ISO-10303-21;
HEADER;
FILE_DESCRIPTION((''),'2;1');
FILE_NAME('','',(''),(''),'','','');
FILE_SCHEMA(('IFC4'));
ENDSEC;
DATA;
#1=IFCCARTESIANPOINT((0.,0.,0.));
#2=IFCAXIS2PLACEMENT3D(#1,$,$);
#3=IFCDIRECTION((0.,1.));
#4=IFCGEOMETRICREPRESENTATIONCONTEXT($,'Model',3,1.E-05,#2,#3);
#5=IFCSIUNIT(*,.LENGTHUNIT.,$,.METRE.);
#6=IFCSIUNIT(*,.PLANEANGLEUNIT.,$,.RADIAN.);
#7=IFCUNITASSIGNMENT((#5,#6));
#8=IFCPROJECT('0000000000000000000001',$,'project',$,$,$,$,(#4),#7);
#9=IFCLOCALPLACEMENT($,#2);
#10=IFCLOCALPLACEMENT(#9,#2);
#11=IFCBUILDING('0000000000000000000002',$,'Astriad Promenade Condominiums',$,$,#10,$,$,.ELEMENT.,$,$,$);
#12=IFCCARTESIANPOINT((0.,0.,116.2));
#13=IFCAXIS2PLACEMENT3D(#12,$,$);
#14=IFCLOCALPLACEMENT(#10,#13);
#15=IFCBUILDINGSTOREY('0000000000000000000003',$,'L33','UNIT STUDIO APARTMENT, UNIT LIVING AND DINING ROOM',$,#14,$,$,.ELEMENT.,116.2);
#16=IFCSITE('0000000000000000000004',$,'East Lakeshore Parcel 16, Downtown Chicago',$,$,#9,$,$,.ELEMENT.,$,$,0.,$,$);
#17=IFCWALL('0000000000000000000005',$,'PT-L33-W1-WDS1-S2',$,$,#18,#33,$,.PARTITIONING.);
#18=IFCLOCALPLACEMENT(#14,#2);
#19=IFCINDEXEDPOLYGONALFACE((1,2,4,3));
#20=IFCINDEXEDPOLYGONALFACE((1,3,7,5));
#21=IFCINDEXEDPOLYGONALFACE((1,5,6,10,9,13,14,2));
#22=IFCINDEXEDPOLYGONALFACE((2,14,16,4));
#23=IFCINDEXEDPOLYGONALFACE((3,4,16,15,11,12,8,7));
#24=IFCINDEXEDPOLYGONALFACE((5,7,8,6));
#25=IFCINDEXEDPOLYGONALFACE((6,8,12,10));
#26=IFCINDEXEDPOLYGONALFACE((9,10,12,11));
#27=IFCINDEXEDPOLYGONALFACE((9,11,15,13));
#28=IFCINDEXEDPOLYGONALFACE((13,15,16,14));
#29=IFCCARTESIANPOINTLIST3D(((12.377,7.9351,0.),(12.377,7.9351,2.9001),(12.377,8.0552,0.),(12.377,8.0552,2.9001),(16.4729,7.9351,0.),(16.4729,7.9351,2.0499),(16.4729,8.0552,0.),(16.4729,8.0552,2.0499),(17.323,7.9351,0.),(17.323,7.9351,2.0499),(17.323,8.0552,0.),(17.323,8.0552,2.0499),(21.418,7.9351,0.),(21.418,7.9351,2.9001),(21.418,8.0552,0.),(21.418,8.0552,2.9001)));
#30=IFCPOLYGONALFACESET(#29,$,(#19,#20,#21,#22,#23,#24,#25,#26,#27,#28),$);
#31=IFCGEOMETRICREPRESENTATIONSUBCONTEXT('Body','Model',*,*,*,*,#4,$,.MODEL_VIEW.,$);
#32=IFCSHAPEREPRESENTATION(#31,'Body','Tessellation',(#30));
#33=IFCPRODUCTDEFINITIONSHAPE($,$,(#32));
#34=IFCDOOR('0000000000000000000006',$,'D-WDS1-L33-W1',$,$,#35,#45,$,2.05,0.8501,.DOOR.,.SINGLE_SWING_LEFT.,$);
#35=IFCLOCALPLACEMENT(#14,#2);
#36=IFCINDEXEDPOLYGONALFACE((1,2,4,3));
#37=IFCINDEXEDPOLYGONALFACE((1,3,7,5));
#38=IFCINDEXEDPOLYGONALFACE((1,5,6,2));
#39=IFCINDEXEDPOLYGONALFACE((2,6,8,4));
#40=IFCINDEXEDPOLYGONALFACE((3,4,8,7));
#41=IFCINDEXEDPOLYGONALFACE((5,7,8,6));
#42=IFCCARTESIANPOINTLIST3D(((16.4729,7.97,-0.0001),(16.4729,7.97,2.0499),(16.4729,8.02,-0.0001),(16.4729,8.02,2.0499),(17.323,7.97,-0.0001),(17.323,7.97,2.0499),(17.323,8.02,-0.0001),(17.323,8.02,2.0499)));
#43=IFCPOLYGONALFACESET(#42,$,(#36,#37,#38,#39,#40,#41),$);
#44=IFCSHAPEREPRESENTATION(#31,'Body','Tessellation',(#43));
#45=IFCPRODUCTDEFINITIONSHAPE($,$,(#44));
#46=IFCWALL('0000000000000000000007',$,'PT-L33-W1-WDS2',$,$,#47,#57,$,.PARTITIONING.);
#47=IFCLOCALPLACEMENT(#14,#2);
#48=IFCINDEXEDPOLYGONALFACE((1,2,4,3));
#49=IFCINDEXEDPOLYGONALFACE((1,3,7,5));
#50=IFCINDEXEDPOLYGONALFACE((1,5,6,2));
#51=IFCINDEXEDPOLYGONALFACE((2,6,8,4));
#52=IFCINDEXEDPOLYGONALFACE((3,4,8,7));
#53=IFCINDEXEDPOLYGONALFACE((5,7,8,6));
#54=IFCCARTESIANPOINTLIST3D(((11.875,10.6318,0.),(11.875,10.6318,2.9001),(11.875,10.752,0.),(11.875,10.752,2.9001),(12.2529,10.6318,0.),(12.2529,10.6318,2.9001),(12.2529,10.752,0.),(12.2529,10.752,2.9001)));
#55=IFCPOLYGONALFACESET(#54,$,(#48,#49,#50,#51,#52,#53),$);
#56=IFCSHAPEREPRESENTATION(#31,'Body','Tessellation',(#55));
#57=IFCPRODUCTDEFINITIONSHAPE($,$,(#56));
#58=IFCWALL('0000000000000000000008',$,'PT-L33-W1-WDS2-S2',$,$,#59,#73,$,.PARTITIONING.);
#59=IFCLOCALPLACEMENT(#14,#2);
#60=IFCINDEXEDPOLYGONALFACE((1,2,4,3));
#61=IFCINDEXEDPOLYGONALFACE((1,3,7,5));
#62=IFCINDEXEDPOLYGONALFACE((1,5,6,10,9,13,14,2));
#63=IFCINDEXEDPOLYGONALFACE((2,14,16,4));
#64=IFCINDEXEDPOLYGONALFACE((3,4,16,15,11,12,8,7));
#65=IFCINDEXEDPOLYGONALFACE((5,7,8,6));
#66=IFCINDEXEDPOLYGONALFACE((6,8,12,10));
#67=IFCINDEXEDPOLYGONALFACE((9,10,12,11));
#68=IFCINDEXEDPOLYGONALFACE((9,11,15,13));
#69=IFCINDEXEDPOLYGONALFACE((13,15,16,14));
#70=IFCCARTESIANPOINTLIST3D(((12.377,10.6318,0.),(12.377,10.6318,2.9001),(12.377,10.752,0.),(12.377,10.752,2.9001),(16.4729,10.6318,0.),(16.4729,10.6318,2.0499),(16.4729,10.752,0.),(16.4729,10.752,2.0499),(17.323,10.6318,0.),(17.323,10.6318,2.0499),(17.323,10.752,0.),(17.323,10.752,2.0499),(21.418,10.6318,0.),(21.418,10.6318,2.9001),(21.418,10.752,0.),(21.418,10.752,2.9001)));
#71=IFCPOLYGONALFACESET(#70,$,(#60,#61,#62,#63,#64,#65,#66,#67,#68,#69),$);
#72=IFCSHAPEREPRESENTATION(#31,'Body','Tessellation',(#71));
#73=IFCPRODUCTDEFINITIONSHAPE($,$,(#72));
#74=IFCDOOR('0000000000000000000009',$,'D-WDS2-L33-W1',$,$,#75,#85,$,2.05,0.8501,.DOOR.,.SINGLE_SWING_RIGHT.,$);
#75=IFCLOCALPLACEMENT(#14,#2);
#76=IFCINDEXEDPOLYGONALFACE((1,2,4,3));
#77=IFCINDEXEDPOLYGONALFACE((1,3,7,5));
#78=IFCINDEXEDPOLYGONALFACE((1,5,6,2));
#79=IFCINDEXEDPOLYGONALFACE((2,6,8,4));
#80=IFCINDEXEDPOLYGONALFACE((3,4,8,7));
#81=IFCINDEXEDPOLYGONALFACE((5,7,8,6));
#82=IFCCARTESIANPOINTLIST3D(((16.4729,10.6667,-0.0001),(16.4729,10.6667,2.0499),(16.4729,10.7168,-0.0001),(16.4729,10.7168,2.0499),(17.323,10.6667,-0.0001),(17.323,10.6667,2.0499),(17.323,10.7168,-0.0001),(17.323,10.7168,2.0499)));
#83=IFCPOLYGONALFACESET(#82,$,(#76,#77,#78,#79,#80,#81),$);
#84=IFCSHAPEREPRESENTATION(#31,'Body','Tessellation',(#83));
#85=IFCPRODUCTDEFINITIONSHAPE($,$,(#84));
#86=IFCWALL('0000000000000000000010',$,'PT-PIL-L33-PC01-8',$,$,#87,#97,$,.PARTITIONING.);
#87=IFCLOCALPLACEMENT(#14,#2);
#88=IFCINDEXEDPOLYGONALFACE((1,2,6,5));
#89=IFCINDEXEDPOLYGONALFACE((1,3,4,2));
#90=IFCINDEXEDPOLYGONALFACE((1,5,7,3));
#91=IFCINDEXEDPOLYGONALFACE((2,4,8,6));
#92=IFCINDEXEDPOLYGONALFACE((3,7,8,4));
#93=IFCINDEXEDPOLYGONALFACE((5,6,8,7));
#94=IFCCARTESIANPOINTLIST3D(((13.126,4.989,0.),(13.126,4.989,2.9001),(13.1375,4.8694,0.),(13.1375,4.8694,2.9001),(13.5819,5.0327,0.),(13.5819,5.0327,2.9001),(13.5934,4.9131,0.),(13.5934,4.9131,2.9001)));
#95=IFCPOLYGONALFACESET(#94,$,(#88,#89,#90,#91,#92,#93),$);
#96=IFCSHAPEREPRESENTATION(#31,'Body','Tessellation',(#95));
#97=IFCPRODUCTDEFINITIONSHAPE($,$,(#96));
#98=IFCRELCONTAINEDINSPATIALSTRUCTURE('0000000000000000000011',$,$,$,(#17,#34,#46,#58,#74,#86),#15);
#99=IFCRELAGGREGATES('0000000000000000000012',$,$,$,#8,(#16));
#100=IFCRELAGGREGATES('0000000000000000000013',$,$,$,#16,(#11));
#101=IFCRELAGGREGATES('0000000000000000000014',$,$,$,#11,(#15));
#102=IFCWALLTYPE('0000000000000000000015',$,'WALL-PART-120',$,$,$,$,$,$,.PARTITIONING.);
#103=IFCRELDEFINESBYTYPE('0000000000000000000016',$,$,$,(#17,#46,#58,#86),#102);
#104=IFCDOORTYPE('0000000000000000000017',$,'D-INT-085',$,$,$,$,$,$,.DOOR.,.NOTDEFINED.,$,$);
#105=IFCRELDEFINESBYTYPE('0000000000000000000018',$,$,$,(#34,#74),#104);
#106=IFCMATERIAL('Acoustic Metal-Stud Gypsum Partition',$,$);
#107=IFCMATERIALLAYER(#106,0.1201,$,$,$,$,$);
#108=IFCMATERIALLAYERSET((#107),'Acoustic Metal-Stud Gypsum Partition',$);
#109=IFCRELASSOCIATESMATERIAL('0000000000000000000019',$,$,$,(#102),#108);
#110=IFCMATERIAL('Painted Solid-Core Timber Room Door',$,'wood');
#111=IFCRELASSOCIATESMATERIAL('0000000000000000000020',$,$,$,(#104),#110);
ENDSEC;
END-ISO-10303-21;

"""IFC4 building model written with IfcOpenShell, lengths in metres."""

from ifc_helpers import new_model, si_unit, direction, frame, frame_2d, origin, place, context, subcontext, project, spatial, rectangle, extrude, source, transform, mapped, material, layer, layer_set, type_object, type_shapes, element, fill, save


model = new_model("IFC4")

# Units and contexts
model_context = context("Model", 3, precision=1e-05, world=origin(), true_north=direction((0.0, 1.0)))
body_context = subcontext(model_context, "Body", "Model", "MODEL_VIEW")
ifc_project = project(units=[si_unit("LENGTHUNIT", "METRE"), si_unit("PLANEANGLEUNIT", "RADIAN")], contexts=[model_context])

# Site, building, storey
site_placement = place(None, origin())
site = spatial("IfcSite", under=ifc_project, at=site_placement, Name="East Lakeshore Parcel 16, Downtown Chicago", CompositionType="ELEMENT", RefElevation=0.0)
building_placement = place(site_placement, origin())
building = spatial("IfcBuilding", under=site, at=building_placement, Name="Astriad Promenade Condominiums", CompositionType="ELEMENT")
storey_placement = place(building_placement, frame((0.0, 0.0, 116.2)))
storey = spatial("IfcBuildingStorey", under=building, at=storey_placement, Name="L33", Description="UNIT STUDIO APARTMENT, UNIT LIVING AND DINING ROOM", CompositionType="ELEMENT", Elevation=116.2)

# Shared definitions
ifc_material_1 = material(Name="Acoustic Metal-Stud Gypsum Partition")
ifc_layer_1 = layer(ifc_material_1, 0.1201)
ifc_layer_set_1 = layer_set([ifc_layer_1], Name="Acoustic Metal-Stud Gypsum Partition")
wall_type_1 = type_object("IfcWallType", Name="WALL-PART-120", PredefinedType="PARTITIONING", material=ifc_layer_set_1)
ifc_material_2 = material(Name="Painted Solid-Core Timber Room Door", Category="wood")
door_type_1 = type_object("IfcDoorType", Name="D-INT-085", OperationType="NOTDEFINED", PredefinedType="DOOR", material=ifc_material_2)
shared_shape_1 = source(origin(), body_context, "Body", "SweptSolid", [
    extrude(rectangle(XDim=0.8501, YDim=2.05, at=frame_2d((0.425, 1.0249))), frame((0.0, 0.0249, 0.0), z_axis=(0.0, -1.0, 0.0), x_axis=(1.0, 0.0, 0.0)), (0.0, 0.0, 1.0), 0.05),
])
type_shapes(door_type_1, [shared_shape_1])

# Wall, opening, door
wall_1_placement = place(storey_placement, frame((12.377, 7.9951, 0.0), z_axis=(0.0, 0.0, 1.0), x_axis=(1.0, 0.0, 0.0)))
wall_1 = element("IfcWall", 1, at=wall_1_placement, inside=storey, type_object=wall_type_1, Name="PT-L33-W1-WDS1-S2", PredefinedType="PARTITIONING", context=body_context, shape_type="SweptSolid", body=[
    extrude(rectangle(XDim=9.041, YDim=0.1201, at=frame_2d((4.5205, 0.0))), origin(), (0.0, 0.0, 1.0), 2.9001),
])
opening_1_placement = place(wall_1_placement, frame((4.0959, 0.0, 0.0)))
opening_1 = element("IfcOpeningElement", 2, at=opening_1_placement, cuts=wall_1, PredefinedType="OPENING", context=body_context, shape_type="SweptSolid", body=[
    extrude(rectangle(XDim=0.8501, YDim=2.05, at=frame_2d((0.425, 1.0249))), frame((0.0, 0.0701, 0.0), z_axis=(0.0, -1.0, 0.0), x_axis=(1.0, 0.0, 0.0)), (0.0, 0.0, 1.0), 0.1401),
])
door_1_placement = place(opening_1_placement, origin())
door_1 = element("IfcDoor", 3, at=door_1_placement, inside=storey, type_object=door_type_1, Name="D-WDS1-L33-W1", OperationType="SINGLE_SWING_LEFT", OverallHeight=2.05, OverallWidth=0.8501, PredefinedType="DOOR", context=body_context, shape_type="MappedRepresentation", body=[
    mapped(shared_shape_1, transform((0.0, 0.0, 0.0), scale=1.0)),
])
fill(opening_1, door_1)

# Wall
wall_2_placement = place(storey_placement, frame((11.875, 10.6919, 0.0), z_axis=(0.0, 0.0, 1.0), x_axis=(1.0, 0.0, 0.0)))
element("IfcWall", 4, at=wall_2_placement, inside=storey, type_object=wall_type_1, Name="PT-L33-W1-WDS2", PredefinedType="PARTITIONING", context=body_context, shape_type="SweptSolid", body=[
    extrude(rectangle(XDim=0.3779, YDim=0.1201, at=frame_2d((0.189, 0.0))), origin(), (0.0, 0.0, 1.0), 2.9001),
])

# Wall, opening, door
wall_3_placement = place(storey_placement, frame((12.377, 10.6919, 0.0), z_axis=(0.0, 0.0, 1.0), x_axis=(1.0, 0.0, 0.0)))
wall_3 = element("IfcWall", 5, at=wall_3_placement, inside=storey, type_object=wall_type_1, Name="PT-L33-W1-WDS2-S2", PredefinedType="PARTITIONING", context=body_context, shape_type="SweptSolid", body=[
    extrude(rectangle(XDim=9.041, YDim=0.1201, at=frame_2d((4.5205, 0.0))), origin(), (0.0, 0.0, 1.0), 2.9001),
])
opening_2_placement = place(wall_3_placement, frame((4.0959, 0.0, 0.0)))
opening_2 = element("IfcOpeningElement", 6, at=opening_2_placement, cuts=wall_3, PredefinedType="OPENING", context=body_context, shape_type="SweptSolid", body=[
    extrude(rectangle(XDim=0.8501, YDim=2.05, at=frame_2d((0.425, 1.0249))), frame((0.0, 0.0701, 0.0), z_axis=(0.0, -1.0, 0.0), x_axis=(1.0, 0.0, 0.0)), (0.0, 0.0, 1.0), 0.1401),
])
door_2_placement = place(opening_2_placement, origin())
door_2 = element("IfcDoor", 7, at=door_2_placement, inside=storey, type_object=door_type_1, Name="D-WDS2-L33-W1", OperationType="SINGLE_SWING_RIGHT", OverallHeight=2.05, OverallWidth=0.8501, PredefinedType="DOOR", context=body_context, shape_type="MappedRepresentation", body=[
    mapped(shared_shape_1, transform((0.0, 0.0, 0.0), scale=1.0)),
])
fill(opening_2, door_2)

# Wall
wall_4_placement = place(storey_placement, frame((13.5876, 4.9729, 0.0), z_axis=(0.0, 0.0, 1.0), x_axis=(-0.995435, -0.095438, 0.0)))
element("IfcWall", 8, at=wall_4_placement, inside=storey, type_object=wall_type_1, Name="PT-PIL-L33-PC01-8", PredefinedType="PARTITIONING", context=body_context, shape_type="SweptSolid", body=[
    extrude(rectangle(XDim=0.458, YDim=0.1201, at=frame_2d((0.229, 0.0))), origin(), (0.0, 0.0, 1.0), 2.9001),
])

save(model, "model.ifc")
